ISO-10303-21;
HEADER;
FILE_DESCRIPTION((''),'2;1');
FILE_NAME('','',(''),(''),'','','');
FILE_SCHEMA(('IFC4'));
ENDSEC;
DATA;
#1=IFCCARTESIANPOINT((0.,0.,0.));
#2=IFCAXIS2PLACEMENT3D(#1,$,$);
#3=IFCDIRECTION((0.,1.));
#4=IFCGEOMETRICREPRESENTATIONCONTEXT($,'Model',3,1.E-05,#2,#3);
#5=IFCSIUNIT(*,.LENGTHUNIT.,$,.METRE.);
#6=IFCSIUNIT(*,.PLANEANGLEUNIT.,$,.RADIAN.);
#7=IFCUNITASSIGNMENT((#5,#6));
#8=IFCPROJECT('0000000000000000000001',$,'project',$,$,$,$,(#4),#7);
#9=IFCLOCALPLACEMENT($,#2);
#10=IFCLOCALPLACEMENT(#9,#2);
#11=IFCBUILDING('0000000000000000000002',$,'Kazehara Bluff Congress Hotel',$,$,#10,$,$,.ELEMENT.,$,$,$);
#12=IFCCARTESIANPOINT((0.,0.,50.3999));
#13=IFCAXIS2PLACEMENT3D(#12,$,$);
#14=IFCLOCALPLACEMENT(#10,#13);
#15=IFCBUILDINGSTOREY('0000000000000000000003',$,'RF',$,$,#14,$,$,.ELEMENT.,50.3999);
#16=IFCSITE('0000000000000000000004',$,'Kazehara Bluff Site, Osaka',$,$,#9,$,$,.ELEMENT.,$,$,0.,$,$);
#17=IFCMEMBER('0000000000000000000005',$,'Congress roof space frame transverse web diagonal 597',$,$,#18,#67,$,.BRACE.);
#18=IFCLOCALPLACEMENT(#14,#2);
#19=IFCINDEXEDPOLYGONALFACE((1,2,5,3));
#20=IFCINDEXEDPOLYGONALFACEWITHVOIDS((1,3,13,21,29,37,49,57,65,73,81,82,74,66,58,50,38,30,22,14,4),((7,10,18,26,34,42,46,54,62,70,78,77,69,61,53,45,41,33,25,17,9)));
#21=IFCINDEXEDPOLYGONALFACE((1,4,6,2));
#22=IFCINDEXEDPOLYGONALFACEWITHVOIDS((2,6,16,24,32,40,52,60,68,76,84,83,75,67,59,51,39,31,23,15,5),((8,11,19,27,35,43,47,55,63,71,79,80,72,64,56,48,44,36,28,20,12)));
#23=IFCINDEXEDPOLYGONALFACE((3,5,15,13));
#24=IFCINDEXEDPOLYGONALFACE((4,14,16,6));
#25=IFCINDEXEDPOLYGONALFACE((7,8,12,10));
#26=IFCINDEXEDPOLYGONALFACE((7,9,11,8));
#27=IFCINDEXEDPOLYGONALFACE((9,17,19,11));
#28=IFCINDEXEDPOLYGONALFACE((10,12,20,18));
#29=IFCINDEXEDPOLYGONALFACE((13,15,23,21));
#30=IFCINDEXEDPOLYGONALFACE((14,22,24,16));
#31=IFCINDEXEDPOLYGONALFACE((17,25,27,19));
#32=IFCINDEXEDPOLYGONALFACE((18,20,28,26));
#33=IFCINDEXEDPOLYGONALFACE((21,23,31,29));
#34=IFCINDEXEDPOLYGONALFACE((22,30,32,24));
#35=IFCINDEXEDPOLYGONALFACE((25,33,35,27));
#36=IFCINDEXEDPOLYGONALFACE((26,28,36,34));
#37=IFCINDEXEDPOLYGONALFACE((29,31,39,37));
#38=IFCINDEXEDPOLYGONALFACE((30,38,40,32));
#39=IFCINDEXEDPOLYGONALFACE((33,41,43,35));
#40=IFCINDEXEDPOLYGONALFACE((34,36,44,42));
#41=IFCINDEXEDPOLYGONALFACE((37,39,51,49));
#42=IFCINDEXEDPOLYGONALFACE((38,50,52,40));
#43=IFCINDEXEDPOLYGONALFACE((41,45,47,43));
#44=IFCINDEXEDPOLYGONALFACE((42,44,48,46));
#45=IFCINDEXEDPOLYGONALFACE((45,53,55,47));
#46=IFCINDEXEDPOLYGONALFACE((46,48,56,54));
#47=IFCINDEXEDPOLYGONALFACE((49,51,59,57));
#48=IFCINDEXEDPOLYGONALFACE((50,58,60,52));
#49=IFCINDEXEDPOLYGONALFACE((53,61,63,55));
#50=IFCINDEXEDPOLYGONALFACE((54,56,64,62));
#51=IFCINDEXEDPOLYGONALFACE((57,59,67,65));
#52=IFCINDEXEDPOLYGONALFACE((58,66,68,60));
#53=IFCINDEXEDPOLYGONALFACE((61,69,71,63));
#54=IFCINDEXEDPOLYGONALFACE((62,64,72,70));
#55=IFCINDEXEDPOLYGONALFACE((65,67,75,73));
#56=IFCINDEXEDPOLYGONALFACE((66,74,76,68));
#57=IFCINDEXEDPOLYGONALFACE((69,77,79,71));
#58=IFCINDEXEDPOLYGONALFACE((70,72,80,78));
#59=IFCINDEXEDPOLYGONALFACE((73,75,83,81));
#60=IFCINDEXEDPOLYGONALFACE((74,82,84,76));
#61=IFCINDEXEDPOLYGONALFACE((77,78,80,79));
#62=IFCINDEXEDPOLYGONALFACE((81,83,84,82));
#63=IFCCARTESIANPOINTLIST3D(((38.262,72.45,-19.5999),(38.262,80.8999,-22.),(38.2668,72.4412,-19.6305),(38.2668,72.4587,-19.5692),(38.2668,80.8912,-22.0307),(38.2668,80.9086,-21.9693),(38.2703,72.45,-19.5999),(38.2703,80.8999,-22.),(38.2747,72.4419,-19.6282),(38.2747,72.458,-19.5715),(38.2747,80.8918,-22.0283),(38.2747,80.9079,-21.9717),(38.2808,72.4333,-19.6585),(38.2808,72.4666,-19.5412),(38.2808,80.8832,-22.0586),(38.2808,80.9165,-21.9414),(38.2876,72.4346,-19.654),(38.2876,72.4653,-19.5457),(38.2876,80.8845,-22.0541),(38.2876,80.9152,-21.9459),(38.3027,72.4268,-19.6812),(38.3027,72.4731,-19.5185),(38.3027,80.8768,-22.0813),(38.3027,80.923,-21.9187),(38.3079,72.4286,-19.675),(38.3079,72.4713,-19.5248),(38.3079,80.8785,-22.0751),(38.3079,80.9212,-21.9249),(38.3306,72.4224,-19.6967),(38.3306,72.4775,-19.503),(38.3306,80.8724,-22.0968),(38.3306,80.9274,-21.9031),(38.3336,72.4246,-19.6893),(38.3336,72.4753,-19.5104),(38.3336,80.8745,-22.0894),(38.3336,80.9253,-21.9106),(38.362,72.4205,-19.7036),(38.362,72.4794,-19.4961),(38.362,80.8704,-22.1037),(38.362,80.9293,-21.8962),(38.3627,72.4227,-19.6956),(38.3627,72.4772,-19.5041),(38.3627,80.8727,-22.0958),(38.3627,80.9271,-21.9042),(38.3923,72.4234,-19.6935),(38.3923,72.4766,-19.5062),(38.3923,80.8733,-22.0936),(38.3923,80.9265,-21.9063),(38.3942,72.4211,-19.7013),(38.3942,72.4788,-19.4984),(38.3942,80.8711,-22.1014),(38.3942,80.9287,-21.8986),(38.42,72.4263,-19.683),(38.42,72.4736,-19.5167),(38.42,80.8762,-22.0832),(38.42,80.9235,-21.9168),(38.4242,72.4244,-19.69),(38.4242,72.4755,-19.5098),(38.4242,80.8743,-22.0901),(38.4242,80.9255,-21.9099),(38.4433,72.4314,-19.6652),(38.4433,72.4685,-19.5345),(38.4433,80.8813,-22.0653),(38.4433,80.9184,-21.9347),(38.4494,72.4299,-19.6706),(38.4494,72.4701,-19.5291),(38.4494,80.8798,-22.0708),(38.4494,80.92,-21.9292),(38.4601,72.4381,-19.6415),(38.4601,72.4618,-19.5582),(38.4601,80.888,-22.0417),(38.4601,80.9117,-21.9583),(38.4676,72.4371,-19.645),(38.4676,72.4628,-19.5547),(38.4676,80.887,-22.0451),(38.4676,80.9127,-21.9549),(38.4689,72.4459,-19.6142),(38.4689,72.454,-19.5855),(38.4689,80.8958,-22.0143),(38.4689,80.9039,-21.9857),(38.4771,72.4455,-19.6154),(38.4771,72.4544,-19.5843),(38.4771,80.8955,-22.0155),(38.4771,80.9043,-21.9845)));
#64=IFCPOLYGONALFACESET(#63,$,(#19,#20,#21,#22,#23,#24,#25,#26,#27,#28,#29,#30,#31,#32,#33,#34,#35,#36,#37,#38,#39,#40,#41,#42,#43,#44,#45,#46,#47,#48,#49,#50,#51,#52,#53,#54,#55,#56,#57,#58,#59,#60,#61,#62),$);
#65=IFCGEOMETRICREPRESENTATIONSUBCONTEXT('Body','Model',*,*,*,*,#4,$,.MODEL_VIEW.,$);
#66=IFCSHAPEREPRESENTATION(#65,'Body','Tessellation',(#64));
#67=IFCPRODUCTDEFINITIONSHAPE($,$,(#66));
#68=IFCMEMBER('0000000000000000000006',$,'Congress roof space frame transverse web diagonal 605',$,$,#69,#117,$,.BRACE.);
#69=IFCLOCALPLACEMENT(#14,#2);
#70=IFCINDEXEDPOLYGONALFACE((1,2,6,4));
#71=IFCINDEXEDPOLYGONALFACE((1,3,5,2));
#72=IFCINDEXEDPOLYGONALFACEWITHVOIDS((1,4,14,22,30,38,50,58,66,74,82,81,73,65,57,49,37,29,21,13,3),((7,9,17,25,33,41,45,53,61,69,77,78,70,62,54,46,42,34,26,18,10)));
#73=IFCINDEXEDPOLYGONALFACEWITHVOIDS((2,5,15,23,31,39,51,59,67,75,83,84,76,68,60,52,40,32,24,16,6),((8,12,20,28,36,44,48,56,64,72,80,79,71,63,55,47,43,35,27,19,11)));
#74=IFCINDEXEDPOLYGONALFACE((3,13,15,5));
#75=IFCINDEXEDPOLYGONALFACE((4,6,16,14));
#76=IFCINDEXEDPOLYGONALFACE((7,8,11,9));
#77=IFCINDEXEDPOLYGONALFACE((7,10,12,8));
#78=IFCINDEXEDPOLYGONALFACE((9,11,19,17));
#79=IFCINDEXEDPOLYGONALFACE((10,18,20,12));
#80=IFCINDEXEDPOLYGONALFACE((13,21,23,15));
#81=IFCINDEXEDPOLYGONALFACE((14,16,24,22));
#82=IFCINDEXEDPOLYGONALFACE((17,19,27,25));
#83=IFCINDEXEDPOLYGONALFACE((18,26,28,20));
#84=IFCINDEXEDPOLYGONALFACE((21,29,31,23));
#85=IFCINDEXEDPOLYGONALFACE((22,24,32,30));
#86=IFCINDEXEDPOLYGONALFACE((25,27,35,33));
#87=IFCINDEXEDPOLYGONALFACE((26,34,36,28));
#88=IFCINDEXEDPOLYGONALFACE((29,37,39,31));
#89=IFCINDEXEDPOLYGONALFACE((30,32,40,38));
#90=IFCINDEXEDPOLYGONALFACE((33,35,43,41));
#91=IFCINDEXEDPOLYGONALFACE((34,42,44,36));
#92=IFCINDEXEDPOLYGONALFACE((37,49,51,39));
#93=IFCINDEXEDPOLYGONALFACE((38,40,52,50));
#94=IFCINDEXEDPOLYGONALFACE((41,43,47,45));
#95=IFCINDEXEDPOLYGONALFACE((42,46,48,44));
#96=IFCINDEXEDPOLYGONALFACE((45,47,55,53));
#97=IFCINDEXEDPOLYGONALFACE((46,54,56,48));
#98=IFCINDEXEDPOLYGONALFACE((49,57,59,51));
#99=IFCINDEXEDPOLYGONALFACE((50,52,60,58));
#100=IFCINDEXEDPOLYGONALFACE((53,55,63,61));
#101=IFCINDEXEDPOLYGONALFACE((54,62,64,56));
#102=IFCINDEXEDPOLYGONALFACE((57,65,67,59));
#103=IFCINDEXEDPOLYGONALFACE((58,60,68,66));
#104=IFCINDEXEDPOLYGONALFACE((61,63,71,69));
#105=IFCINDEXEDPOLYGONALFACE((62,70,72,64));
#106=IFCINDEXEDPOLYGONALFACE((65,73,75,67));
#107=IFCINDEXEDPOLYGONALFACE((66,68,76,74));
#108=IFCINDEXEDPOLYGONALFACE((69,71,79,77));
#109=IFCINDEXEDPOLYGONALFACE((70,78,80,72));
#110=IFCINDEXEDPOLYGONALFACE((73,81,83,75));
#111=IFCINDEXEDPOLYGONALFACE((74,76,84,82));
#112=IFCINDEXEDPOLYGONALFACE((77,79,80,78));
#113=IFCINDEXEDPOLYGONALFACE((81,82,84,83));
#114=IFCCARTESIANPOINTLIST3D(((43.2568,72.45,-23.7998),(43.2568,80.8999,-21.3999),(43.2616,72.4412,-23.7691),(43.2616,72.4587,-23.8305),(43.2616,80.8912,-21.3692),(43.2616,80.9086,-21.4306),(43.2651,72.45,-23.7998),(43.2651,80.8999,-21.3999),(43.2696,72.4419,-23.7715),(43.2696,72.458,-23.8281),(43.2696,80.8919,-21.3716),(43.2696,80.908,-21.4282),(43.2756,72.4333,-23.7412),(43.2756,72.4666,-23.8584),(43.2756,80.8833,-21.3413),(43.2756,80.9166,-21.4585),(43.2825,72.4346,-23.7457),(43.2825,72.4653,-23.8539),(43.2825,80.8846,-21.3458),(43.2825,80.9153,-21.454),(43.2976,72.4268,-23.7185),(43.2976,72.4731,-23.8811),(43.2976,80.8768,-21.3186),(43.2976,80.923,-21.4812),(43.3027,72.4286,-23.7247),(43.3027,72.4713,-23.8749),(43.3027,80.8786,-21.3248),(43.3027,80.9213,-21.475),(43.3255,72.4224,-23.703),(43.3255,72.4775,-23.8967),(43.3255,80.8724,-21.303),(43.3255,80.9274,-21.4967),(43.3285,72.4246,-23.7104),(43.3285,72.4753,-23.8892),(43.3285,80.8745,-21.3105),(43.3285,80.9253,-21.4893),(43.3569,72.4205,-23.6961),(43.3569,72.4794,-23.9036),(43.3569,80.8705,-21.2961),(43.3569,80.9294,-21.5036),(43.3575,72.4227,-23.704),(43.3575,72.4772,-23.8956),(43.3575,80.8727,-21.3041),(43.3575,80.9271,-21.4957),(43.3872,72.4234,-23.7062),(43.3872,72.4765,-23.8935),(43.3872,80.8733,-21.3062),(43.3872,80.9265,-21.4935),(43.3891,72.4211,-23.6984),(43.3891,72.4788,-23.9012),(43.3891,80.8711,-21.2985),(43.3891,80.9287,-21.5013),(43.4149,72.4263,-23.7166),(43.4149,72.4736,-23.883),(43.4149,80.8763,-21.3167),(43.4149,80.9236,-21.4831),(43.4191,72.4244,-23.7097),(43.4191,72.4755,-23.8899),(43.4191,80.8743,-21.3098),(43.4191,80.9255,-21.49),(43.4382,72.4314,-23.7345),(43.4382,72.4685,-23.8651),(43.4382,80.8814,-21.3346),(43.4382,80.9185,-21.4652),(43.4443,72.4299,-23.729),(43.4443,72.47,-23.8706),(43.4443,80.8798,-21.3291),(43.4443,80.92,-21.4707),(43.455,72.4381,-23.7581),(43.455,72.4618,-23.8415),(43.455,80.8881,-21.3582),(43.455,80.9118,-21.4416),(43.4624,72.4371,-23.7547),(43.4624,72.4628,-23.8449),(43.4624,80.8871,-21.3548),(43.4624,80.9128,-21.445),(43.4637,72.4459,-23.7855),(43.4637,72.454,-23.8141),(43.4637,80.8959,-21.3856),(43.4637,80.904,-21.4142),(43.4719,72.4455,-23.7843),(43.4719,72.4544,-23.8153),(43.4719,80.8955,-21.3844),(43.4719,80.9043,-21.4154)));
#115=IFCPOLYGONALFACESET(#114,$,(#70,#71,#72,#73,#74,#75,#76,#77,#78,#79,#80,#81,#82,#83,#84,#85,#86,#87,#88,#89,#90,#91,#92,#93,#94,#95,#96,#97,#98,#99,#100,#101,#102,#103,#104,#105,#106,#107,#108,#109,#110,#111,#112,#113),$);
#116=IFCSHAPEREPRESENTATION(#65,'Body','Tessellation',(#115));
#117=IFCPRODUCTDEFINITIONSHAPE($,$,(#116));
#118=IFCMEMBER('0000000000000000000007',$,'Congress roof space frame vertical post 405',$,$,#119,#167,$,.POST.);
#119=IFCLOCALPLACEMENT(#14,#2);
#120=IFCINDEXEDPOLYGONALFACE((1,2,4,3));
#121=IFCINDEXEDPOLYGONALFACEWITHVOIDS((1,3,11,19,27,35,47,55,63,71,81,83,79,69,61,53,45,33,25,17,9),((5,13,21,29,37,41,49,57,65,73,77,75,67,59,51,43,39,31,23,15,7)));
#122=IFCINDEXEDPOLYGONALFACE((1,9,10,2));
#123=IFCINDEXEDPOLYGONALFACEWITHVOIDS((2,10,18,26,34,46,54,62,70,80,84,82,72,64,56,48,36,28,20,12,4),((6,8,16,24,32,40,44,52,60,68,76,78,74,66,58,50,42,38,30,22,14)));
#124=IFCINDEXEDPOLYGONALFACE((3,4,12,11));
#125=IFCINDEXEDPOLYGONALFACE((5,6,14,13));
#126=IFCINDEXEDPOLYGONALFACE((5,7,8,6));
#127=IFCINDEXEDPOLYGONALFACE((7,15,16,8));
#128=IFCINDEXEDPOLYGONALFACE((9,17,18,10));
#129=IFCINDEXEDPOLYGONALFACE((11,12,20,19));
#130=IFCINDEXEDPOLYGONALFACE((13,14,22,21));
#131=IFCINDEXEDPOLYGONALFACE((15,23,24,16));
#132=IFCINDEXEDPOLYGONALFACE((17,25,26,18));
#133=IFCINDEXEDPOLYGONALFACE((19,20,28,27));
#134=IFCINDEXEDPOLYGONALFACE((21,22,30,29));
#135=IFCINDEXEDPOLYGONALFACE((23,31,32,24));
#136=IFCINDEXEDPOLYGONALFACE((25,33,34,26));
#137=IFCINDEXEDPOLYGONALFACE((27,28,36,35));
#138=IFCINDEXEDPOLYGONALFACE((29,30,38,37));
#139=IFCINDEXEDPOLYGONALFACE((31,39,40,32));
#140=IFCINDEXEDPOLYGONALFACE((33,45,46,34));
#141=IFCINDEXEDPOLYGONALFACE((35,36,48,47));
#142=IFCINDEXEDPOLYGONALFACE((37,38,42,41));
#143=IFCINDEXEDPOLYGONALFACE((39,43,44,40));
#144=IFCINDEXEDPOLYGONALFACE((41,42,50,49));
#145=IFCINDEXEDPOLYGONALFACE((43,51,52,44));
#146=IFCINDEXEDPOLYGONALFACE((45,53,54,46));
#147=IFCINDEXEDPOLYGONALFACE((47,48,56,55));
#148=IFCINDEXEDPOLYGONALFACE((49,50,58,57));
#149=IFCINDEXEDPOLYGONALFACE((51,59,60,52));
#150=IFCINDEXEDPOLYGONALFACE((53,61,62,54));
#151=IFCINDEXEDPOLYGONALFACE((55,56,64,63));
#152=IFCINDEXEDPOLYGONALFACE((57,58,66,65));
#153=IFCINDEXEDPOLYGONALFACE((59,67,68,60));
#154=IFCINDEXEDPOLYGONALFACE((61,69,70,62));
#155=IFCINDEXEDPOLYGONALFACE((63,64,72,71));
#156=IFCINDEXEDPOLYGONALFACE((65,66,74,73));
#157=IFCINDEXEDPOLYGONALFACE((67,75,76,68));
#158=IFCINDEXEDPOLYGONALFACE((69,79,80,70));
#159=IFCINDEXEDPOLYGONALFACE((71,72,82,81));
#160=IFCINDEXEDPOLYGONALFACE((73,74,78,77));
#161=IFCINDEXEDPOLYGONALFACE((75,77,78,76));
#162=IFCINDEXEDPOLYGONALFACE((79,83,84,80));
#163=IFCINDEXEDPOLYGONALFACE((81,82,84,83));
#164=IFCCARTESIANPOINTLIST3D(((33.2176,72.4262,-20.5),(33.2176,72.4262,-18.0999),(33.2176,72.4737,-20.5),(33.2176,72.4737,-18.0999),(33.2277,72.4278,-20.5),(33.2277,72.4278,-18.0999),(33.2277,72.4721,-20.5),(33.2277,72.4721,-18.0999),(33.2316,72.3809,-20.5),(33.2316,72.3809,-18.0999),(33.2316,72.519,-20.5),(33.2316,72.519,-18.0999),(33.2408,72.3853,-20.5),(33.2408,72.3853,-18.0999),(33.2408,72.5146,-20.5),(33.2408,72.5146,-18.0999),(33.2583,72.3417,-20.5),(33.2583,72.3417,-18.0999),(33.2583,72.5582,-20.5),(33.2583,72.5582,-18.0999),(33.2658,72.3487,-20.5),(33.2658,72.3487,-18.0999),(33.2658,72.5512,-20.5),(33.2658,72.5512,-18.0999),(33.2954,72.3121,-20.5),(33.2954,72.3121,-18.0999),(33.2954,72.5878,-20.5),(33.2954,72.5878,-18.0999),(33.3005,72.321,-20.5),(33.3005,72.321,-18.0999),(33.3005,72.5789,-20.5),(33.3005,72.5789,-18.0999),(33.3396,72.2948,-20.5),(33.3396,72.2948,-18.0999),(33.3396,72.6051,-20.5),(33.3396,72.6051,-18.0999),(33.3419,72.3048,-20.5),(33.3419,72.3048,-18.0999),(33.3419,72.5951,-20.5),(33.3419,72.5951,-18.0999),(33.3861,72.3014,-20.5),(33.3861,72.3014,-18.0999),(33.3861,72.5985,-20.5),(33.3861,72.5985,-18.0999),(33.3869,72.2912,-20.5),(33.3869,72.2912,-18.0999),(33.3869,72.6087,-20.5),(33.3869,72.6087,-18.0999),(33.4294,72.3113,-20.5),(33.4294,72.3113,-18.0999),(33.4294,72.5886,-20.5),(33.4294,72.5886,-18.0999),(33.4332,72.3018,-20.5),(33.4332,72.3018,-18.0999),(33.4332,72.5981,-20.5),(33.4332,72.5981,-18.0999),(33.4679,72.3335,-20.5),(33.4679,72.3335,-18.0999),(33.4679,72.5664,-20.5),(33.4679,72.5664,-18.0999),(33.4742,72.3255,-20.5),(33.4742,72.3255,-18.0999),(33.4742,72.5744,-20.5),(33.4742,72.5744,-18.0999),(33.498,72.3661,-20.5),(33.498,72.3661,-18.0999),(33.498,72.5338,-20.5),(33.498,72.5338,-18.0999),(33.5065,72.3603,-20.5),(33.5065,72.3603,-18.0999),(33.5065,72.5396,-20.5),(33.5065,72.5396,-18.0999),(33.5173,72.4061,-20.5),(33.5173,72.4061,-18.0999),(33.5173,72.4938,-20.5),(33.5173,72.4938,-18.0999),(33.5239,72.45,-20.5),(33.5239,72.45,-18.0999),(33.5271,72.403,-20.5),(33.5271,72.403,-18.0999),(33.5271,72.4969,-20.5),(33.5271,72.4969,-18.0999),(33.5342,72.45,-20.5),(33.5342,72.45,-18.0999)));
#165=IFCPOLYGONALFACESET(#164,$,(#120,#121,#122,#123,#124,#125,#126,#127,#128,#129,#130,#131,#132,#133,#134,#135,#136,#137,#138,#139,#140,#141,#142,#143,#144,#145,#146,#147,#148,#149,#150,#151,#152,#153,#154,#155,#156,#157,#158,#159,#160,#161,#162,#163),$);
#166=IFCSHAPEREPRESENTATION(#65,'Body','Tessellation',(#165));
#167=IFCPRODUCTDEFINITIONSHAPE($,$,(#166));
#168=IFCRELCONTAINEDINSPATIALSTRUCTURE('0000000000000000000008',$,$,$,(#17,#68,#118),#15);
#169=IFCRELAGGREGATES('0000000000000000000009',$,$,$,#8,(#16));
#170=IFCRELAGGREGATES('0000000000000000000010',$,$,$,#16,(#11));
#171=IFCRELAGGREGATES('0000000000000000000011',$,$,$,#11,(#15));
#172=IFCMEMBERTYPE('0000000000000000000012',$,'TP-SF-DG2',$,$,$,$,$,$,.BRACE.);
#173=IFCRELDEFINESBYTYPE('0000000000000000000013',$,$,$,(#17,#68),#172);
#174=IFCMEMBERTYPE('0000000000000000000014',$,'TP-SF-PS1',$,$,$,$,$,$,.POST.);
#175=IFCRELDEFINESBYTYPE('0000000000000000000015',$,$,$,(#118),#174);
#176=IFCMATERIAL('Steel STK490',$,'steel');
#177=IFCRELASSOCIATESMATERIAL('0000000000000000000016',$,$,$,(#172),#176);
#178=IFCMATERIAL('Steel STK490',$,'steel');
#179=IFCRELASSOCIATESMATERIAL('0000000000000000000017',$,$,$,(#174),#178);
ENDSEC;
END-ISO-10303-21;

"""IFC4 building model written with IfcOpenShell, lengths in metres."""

from ifc_helpers import new_model, si_unit, direction, frame, origin, origin_2d, place, context, subcontext, project, spatial, hollow_circle, extrude, material, material_profile, profile_set, type_object, element, save


model = new_model("IFC4")

# Units and contexts
model_context = context("Model", 3, precision=1e-05, world=origin(), true_north=direction((0.0, 1.0)))
body_context = subcontext(model_context, "Body", "Model", "MODEL_VIEW")
ifc_project = project(units=[si_unit("LENGTHUNIT", "METRE"), si_unit("PLANEANGLEUNIT", "RADIAN")], contexts=[model_context])

# Site, building, storey
site_placement = place(None, origin())
site = spatial("IfcSite", under=ifc_project, at=site_placement, Name="Kazehara Bluff Site, Osaka", CompositionType="ELEMENT", RefElevation=0.0)
building_placement = place(site_placement, origin())
building = spatial("IfcBuilding", under=site, at=building_placement, Name="Kazehara Bluff Congress Hotel", CompositionType="ELEMENT")
storey_placement = place(building_placement, frame((0.0, 0.0, 50.3999)))
storey = spatial("IfcBuildingStorey", under=building, at=storey_placement, Name="RF", CompositionType="ELEMENT", Elevation=50.3999)

# Members
ifc_material_1 = material(Name="Steel STK490", Category="steel")
ifc_material_profile_1 = material_profile(ifc_material_1, hollow_circle(Radius=0.1082, WallThickness=0.0083, at=origin_2d()))
ifc_profile_set_1 = profile_set([ifc_material_profile_1], Name="Steel STK490")
member_type_1 = type_object("IfcMemberType", Name="TP-SF-DG2", PredefinedType="BRACE", material=ifc_profile_set_1)
for number, where, z_axis, x_axis, name in (
    (1, (38.3701, 72.45, -19.5999), (0.0, 0.961948, -0.273234), (-1.0, 0.0, 0.0), "Congress roof space frame transverse web diagonal 597"),
    (2, (43.365, 72.45, -23.7998), (0.0, 0.961955, 0.273208), (-1.0, 0.0, 0.0), "Congress roof space frame transverse web diagonal 605"),
):
    element("IfcMember", number, at=place(storey_placement, frame(where, z_axis=z_axis, x_axis=x_axis)), inside=storey, type_object=member_type_1, Name=name, PredefinedType="BRACE", context=body_context, shape_type="SweptSolid", body=[
        extrude(hollow_circle(Radius=0.1082, WallThickness=0.0083, at=origin_2d()), origin(), (0.0, 0.0, 1.0), 8.7842),
    ])
ifc_material_2 = material(Name="Steel STK490", Category="steel")
ifc_material_profile_2 = material_profile(ifc_material_2, hollow_circle(Radius=0.1592, WallThickness=0.0103, at=origin_2d()))
ifc_profile_set_2 = profile_set([ifc_material_profile_2], Name="Steel STK490")
member_type_2 = type_object("IfcMemberType", Name="TP-SF-PS1", PredefinedType="POST", material=ifc_profile_set_2)
for number, where, z_axis, x_axis, name in (
    (3, (33.375, 72.45, -20.5), (0.0, 0.0, 1.0), (1.0, 0.0, 0.0), "Congress roof space frame vertical post 405"),
):
    element("IfcMember", number, at=place(storey_placement, frame(where, z_axis=z_axis, x_axis=x_axis)), inside=storey, type_object=member_type_2, Name=name, PredefinedType="POST", context=body_context, shape_type="SweptSolid", body=[
        extrude(hollow_circle(Radius=0.1592, WallThickness=0.0103, at=origin_2d()), origin(), (0.0, 0.0, 1.0), 2.4001),
    ])

save(model, "model.ifc")
